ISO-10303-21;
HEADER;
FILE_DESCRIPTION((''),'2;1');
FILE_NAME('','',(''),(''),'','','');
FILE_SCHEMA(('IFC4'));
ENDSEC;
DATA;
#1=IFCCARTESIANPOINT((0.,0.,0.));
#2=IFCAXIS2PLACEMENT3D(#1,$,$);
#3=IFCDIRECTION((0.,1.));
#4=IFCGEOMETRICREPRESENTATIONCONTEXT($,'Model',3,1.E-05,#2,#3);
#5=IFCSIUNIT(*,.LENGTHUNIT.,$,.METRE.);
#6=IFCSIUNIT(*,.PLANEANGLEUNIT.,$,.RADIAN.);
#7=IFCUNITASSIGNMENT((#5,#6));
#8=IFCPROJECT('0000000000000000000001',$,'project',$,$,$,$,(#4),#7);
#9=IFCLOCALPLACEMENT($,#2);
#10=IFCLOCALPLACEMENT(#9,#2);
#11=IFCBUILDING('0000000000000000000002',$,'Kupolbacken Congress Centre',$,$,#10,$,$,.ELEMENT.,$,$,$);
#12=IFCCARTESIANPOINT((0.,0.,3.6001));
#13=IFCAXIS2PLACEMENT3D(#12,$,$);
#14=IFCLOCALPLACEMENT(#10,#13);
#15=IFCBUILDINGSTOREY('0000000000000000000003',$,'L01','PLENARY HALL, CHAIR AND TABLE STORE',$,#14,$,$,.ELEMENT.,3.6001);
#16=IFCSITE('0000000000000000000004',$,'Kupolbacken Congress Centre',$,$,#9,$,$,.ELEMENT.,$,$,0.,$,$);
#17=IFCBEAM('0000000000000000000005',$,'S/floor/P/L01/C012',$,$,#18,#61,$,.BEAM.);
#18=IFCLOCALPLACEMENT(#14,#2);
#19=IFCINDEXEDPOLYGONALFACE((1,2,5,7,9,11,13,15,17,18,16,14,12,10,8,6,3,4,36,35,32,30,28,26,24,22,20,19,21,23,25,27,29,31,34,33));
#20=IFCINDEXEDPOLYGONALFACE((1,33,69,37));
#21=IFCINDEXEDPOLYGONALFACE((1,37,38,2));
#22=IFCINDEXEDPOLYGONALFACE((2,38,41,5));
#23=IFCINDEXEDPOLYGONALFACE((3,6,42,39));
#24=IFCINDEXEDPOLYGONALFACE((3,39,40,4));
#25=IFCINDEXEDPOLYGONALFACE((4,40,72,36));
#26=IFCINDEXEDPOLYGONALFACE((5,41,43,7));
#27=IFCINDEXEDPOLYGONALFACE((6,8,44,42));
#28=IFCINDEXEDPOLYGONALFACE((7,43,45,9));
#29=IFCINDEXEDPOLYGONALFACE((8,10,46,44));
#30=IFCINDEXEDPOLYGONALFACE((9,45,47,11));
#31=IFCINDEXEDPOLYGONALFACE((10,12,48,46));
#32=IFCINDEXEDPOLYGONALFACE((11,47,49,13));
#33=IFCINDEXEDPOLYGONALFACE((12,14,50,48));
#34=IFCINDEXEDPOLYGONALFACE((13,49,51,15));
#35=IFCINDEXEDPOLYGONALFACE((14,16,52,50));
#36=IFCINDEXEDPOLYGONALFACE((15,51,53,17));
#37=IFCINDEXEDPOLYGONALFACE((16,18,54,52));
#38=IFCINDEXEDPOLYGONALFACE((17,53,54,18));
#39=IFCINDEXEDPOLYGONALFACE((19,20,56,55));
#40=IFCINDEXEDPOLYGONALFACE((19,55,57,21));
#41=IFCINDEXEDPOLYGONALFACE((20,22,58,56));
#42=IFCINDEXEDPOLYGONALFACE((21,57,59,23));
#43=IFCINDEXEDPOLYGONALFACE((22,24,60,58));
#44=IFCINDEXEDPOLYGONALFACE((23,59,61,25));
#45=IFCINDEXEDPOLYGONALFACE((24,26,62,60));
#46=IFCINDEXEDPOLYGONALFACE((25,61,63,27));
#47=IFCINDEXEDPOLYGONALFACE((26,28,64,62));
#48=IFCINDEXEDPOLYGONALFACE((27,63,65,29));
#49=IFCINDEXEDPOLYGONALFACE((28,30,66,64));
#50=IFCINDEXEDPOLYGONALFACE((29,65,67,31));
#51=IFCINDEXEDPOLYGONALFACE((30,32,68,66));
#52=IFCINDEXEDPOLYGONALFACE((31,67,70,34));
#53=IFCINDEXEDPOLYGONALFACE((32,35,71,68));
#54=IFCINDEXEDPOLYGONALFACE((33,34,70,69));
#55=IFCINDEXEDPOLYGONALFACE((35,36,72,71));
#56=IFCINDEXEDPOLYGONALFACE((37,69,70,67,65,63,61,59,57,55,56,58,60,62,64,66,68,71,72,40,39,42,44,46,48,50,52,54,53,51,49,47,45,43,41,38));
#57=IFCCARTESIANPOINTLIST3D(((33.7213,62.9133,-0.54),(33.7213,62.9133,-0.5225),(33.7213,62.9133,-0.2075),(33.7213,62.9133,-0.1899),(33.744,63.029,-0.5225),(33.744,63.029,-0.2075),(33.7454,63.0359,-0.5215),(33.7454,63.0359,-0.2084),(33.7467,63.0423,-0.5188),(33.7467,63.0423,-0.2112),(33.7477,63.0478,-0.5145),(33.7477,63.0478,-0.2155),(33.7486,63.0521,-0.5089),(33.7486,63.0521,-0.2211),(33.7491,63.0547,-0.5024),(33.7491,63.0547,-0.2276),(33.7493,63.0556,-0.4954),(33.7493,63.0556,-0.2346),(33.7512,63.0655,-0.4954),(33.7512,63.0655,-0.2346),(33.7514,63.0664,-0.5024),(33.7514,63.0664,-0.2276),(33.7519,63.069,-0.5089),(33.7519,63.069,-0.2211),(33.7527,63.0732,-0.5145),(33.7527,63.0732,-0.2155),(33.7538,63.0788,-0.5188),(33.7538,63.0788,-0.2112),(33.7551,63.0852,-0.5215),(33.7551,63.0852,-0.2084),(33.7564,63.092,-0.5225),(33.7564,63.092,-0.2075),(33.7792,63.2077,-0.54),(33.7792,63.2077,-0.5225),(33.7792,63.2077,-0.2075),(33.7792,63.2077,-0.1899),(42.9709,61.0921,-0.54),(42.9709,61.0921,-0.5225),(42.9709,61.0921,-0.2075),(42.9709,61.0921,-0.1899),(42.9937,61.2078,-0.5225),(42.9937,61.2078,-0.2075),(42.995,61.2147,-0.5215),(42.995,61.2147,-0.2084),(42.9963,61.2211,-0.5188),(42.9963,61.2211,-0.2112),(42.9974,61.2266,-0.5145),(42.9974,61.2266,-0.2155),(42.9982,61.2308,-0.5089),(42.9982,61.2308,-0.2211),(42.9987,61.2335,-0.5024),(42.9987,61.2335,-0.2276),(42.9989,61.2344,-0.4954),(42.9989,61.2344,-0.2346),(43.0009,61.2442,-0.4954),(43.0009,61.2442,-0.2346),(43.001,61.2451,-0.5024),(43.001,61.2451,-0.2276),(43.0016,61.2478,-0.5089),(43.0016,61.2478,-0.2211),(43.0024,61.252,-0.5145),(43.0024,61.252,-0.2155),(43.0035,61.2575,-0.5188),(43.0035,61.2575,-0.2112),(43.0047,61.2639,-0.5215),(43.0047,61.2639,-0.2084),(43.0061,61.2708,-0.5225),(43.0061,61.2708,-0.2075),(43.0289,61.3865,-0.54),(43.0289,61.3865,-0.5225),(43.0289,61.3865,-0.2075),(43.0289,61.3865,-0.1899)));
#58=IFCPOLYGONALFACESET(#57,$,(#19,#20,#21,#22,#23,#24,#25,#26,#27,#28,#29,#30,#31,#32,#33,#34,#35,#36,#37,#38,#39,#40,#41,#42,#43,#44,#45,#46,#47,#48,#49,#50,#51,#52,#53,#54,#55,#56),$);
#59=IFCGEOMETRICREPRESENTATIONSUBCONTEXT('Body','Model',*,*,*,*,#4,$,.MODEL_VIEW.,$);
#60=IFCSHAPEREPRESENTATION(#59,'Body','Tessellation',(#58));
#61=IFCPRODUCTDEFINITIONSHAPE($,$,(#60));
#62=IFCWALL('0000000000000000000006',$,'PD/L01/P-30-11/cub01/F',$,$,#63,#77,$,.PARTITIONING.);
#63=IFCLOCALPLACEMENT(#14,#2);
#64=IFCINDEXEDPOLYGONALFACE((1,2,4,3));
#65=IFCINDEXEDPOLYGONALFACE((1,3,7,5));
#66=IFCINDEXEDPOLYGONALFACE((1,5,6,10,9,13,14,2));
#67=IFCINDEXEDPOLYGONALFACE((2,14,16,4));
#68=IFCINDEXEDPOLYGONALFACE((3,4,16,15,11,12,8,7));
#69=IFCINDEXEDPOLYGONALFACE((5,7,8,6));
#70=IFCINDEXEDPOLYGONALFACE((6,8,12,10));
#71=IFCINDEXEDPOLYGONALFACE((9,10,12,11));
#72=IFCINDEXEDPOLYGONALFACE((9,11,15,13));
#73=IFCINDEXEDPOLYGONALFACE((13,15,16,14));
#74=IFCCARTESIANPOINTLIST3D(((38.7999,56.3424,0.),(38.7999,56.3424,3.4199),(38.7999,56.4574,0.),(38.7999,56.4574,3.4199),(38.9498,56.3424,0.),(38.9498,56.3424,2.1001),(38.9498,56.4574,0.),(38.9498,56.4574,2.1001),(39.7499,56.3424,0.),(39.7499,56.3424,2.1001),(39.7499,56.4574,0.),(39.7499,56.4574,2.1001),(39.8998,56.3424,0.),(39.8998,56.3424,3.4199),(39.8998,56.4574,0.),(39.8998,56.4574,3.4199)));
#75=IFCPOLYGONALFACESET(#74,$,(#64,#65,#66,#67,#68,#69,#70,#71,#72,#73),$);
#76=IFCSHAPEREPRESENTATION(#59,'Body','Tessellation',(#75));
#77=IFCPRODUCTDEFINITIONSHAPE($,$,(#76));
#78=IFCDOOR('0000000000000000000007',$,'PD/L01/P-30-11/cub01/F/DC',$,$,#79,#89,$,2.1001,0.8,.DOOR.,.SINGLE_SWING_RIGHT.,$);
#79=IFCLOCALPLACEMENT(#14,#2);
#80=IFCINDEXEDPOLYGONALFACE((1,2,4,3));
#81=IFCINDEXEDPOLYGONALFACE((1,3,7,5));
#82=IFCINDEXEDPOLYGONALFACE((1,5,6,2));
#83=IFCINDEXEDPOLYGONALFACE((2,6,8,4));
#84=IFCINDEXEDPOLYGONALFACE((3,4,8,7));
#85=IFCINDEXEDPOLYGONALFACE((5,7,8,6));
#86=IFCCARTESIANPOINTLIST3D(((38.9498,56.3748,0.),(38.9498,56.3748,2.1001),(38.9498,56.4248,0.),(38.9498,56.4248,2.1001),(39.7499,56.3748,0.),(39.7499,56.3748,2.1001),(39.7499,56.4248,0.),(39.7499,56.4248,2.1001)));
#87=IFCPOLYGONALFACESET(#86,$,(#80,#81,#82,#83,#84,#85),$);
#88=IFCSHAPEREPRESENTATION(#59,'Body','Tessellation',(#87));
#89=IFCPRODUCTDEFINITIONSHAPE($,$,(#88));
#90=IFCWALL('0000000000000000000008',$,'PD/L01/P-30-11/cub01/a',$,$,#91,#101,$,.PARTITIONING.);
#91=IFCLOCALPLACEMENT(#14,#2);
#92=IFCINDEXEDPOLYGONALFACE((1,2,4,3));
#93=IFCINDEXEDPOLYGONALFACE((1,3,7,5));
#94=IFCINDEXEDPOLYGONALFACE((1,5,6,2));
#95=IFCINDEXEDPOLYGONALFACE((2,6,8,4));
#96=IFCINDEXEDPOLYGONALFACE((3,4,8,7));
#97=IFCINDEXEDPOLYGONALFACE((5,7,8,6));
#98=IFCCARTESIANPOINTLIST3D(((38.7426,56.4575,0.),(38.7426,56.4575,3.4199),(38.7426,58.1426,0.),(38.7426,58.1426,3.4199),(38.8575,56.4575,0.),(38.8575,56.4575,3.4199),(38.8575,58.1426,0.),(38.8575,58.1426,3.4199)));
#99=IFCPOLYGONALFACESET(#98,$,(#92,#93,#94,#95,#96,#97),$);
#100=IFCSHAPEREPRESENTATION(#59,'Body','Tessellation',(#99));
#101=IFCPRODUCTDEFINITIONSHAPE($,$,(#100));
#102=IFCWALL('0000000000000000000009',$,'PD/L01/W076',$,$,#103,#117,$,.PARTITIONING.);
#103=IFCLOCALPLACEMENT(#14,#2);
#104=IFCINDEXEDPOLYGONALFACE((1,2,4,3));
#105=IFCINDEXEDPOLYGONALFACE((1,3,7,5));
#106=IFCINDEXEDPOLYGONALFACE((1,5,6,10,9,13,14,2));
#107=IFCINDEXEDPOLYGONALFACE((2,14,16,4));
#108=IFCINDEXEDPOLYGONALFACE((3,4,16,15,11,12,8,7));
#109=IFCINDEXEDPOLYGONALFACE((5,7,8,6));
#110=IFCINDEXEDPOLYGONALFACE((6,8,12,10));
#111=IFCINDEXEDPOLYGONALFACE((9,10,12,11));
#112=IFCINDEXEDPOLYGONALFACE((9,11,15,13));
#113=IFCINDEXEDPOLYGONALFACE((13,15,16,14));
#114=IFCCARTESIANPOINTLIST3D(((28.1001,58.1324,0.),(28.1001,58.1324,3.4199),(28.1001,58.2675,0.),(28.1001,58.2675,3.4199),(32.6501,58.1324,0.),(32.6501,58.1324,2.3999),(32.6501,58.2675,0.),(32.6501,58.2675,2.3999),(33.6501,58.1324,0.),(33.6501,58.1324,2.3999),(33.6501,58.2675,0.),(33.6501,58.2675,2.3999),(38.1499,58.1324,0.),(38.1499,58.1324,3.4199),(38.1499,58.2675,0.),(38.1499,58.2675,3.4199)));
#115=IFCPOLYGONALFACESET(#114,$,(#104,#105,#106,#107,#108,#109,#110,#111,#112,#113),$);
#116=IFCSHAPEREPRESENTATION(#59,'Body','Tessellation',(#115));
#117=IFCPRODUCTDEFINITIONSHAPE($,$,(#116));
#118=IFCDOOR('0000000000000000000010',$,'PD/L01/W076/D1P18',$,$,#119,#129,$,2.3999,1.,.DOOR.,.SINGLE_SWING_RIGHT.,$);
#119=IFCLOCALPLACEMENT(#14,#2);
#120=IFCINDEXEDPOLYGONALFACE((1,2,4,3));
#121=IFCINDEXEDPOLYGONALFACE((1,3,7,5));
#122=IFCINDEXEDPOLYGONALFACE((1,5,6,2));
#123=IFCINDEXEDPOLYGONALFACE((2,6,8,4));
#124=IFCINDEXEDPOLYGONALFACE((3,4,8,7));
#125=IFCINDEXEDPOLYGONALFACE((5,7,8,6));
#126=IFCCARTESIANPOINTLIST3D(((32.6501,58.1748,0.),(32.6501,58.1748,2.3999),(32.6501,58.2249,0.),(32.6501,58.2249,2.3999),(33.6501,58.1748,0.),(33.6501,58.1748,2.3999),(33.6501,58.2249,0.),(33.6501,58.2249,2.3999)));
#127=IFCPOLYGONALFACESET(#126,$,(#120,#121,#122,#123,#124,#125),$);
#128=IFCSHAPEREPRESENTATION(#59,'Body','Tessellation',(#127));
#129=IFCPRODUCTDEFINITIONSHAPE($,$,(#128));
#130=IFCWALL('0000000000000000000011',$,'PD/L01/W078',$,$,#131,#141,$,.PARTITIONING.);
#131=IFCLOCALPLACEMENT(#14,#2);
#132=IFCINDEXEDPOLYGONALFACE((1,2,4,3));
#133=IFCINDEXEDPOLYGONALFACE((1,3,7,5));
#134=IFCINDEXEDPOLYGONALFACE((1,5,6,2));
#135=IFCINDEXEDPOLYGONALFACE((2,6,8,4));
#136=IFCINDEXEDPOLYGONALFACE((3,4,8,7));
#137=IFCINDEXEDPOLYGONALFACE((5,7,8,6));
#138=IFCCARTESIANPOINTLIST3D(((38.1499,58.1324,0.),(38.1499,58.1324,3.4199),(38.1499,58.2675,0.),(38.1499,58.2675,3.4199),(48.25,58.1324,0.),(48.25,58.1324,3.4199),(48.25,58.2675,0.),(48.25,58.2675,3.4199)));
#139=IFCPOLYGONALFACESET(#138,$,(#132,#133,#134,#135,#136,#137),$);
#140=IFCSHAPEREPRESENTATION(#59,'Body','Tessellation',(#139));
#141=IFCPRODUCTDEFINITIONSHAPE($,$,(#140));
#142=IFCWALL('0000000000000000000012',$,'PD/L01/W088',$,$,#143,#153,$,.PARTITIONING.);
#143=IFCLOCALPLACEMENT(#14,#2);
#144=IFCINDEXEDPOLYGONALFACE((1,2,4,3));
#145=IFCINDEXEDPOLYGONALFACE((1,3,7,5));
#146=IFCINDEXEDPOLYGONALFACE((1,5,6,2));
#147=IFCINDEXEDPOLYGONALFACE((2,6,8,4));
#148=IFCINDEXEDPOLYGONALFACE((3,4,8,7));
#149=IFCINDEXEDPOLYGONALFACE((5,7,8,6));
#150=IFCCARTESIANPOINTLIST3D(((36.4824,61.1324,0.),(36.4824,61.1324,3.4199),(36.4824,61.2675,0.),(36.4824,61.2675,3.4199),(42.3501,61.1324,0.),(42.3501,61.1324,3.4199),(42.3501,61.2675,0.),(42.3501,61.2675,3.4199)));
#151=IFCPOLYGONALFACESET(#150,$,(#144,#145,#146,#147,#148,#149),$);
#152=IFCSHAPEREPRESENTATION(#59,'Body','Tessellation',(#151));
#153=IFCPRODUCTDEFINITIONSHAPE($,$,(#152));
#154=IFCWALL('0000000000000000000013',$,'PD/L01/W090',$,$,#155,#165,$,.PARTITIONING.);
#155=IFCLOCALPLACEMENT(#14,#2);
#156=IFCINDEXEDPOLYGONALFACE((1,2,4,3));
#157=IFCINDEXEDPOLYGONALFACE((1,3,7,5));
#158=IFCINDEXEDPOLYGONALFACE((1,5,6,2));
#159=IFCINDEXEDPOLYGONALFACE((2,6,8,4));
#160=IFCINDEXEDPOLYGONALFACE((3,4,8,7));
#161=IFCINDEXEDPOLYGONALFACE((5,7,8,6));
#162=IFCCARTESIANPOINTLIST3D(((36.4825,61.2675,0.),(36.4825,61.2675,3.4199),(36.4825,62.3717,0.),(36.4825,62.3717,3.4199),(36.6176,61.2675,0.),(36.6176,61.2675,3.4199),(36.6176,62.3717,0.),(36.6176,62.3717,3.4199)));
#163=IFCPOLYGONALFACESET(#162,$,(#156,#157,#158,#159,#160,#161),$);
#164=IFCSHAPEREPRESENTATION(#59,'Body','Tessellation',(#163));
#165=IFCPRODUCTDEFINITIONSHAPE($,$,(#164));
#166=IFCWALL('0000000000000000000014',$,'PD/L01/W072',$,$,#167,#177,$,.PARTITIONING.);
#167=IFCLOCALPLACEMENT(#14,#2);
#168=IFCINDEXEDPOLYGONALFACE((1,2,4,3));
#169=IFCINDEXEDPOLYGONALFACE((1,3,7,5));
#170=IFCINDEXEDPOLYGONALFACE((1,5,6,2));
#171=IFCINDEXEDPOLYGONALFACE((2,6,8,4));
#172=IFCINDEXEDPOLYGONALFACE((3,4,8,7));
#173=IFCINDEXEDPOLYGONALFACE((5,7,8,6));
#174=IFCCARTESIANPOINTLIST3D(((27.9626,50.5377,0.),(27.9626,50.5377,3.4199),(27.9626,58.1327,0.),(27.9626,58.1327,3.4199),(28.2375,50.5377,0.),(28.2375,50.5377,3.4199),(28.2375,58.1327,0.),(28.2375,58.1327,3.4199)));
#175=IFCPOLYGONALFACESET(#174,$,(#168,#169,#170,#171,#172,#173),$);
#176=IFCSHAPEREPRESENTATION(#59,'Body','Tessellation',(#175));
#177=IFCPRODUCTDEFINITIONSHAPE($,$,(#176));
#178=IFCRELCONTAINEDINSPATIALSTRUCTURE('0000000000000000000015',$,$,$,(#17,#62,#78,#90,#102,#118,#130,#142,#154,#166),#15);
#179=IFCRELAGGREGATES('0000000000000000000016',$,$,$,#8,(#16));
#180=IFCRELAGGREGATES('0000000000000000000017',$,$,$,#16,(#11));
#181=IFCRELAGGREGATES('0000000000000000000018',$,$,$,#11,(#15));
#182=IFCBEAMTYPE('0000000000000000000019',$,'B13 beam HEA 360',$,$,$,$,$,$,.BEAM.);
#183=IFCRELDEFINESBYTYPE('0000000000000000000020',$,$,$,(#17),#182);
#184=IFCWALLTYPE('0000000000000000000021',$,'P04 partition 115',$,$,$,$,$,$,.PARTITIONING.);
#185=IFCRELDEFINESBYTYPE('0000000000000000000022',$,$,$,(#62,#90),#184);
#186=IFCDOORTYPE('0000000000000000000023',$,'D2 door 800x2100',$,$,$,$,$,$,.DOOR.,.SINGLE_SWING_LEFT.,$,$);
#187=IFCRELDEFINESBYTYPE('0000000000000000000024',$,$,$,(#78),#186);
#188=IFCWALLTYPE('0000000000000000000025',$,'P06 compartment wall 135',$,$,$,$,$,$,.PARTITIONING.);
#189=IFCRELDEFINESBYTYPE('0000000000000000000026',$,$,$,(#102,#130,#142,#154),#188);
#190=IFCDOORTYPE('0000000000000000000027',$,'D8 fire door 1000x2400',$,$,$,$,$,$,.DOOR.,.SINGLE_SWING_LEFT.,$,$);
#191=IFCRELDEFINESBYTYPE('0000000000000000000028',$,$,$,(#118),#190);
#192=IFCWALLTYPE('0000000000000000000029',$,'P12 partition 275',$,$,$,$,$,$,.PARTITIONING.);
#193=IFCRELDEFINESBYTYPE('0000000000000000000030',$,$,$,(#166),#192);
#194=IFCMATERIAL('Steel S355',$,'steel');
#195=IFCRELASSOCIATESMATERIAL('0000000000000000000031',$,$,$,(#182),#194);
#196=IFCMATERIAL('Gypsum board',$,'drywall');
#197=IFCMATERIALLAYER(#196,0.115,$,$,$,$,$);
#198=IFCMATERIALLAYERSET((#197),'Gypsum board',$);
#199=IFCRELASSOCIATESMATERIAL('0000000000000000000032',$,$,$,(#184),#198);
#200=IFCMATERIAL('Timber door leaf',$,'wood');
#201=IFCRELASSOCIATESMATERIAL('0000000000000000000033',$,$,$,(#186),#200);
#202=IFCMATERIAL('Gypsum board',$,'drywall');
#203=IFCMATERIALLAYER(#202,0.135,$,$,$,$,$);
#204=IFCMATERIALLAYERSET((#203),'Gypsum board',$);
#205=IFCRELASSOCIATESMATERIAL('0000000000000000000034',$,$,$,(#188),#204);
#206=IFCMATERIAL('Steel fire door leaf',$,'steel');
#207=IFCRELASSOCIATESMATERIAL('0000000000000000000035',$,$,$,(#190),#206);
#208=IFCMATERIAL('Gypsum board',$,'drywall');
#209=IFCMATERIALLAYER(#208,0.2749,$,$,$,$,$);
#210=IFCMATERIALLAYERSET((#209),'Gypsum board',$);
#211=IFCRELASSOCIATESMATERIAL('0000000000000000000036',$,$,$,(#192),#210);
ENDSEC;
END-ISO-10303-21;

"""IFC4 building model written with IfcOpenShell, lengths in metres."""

from ifc_helpers import new_model, si_unit, direction, frame, frame_2d, origin, origin_2d, place, context, subcontext, project, spatial, rectangle, i_section, extrude, material, layer, layer_set, material_profile, profile_set, type_object, element, fill, save


model = new_model("IFC4")

# Units and contexts
model_context = context("Model", 3, precision=1e-05, world=origin(), true_north=direction((0.0, 1.0)))
body_context = subcontext(model_context, "Body", "Model", "MODEL_VIEW")
ifc_project = project(units=[si_unit("LENGTHUNIT", "METRE"), si_unit("PLANEANGLEUNIT", "RADIAN")], contexts=[model_context])

# Site, building, storey
site_placement = place(None, origin())
site = spatial("IfcSite", under=ifc_project, at=site_placement, Name="Kupolbacken Congress Centre", CompositionType="ELEMENT", RefElevation=0.0)
building_placement = place(site_placement, origin())
building = spatial("IfcBuilding", under=site, at=building_placement, Name="Kupolbacken Congress Centre", CompositionType="ELEMENT")
storey_placement = place(building_placement, frame((0.0, 0.0, 3.6001)))
storey = spatial("IfcBuildingStorey", under=building, at=storey_placement, Name="L01", Description="PLENARY HALL, CHAIR AND TABLE STORE", CompositionType="ELEMENT", Elevation=3.6001)

# Beam
ifc_material_1 = material(Name="Steel S355", Category="steel")
ifc_material_profile_1 = material_profile(ifc_material_1, i_section(OverallWidth=0.3, OverallDepth=0.3501, WebThickness=0.01, FlangeThickness=0.0176, FilletRadius=0.0271, at=origin_2d()), Name="HEA 360")
ifc_profile_set_1 = profile_set([ifc_material_profile_1], Name="Steel S355")
beam_type_1 = type_object("IfcBeamType", Name="B13 beam HEA 360", PredefinedType="BEAM", material=ifc_profile_set_1)
beam_1_placement = place(storey_placement, frame((33.7502, 63.0605, -0.365), z_axis=(0.981161, -0.193192, 0.0), x_axis=(0.193192, 0.981161, 0.0)))
element("IfcBeam", 1, at=beam_1_placement, inside=storey, type_object=beam_type_1, Name="S/floor/P/L01/C012", PredefinedType="BEAM", context=body_context, shape_type="SweptSolid", body=[
    extrude(i_section(OverallWidth=0.3, OverallDepth=0.3501, WebThickness=0.01, FlangeThickness=0.0176, FilletRadius=0.0271, at=origin_2d()), origin(), (0.0, 0.0, 1.0), 9.4272),
])

# Wall, opening, door
ifc_material_2 = material(Name="Gypsum board", Category="drywall")
ifc_layer_1 = layer(ifc_material_2, 0.115)
ifc_layer_set_1 = layer_set([ifc_layer_1], Name="Gypsum board")
wall_type_1 = type_object("IfcWallType", Name="P04 partition 115", PredefinedType="PARTITIONING", material=ifc_layer_set_1)
wall_1_placement = place(storey_placement, frame((38.8, 56.3999, 0.0), z_axis=(0.0, 0.0, 1.0), x_axis=(1.0, 0.0, 0.0)))
wall_1 = element("IfcWall", 2, at=wall_1_placement, inside=storey, type_object=wall_type_1, Name="PD/L01/P-30-11/cub01/F", PredefinedType="PARTITIONING", context=body_context, shape_type="SweptSolid", body=[
    extrude(rectangle(XDim=1.0999, YDim=0.115, at=frame_2d((0.5498, 0.0))), origin(), (0.0, 0.0, 1.0), 3.4199),
])
opening_1_placement = place(wall_1_placement, frame((0.1499, 0.0, 0.0)))
opening_1 = element("IfcOpeningElement", 3, at=opening_1_placement, cuts=wall_1, PredefinedType="OPENING", context=body_context, shape_type="SweptSolid", body=[
    extrude(rectangle(XDim=0.8, YDim=2.1001, at=frame_2d((0.3999, 1.05))), frame((0.0, 0.0674, 0.0), z_axis=(0.0, -1.0, 0.0), x_axis=(1.0, 0.0, 0.0)), (0.0, 0.0, 1.0), 0.135),
])
ifc_material_3 = material(Name="Timber door leaf", Category="wood")
door_type_1 = type_object("IfcDoorType", Name="D2 door 800x2100", OperationType="SINGLE_SWING_LEFT", PredefinedType="DOOR", material=ifc_material_3)
door_1_placement = place(opening_1_placement, origin())
door_1 = element("IfcDoor", 4, at=door_1_placement, inside=storey, type_object=door_type_1, Name="PD/L01/P-30-11/cub01/F/DC", OperationType="SINGLE_SWING_RIGHT", OverallHeight=2.1001, OverallWidth=0.8, PredefinedType="DOOR", context=body_context, shape_type="SweptSolid", body=[
    extrude(rectangle(XDim=0.8, YDim=2.1001, at=frame_2d((0.3999, 1.05))), frame((0.0, 0.0249, 0.0), z_axis=(0.0, -1.0, 0.0), x_axis=(1.0, 0.0, 0.0)), (0.0, 0.0, 1.0), 0.05),
])
fill(opening_1, door_1)

# Wall
wall_2_placement = place(storey_placement, frame((38.8, 58.1426, 0.0), z_axis=(0.0, 0.0, 1.0), x_axis=(0.0, -1.0, 0.0)))
element("IfcWall", 5, at=wall_2_placement, inside=storey, type_object=wall_type_1, Name="PD/L01/P-30-11/cub01/a", PredefinedType="PARTITIONING", context=body_context, shape_type="SweptSolid", body=[
    extrude(rectangle(XDim=1.6851, YDim=0.115, at=frame_2d((0.8425, 0.0))), origin(), (0.0, 0.0, 1.0), 3.4199),
])

# Wall, opening, door
ifc_material_4 = material(Name="Gypsum board", Category="drywall")
ifc_layer_2 = layer(ifc_material_4, 0.135)
ifc_layer_set_2 = layer_set([ifc_layer_2], Name="Gypsum board")
wall_type_2 = type_object("IfcWallType", Name="P06 compartment wall 135", PredefinedType="PARTITIONING", material=ifc_layer_set_2)
wall_3_placement = place(storey_placement, frame((28.1001, 58.2, 0.0), z_axis=(0.0, 0.0, 1.0), x_axis=(1.0, 0.0, 0.0)))
wall_3 = element("IfcWall", 6, at=wall_3_placement, inside=storey, type_object=wall_type_2, Name="PD/L01/W076", PredefinedType="PARTITIONING", context=body_context, shape_type="SweptSolid", body=[
    extrude(rectangle(XDim=10.0498, YDim=0.135, at=frame_2d((5.0249, 0.0))), origin(), (0.0, 0.0, 1.0), 3.4199),
])
opening_2_placement = place(wall_3_placement, frame((4.55, 0.0, 0.0)))
opening_2 = element("IfcOpeningElement", 7, at=opening_2_placement, cuts=wall_3, PredefinedType="OPENING", context=body_context, shape_type="SweptSolid", body=[
    extrude(rectangle(XDim=1.0, YDim=2.3999, at=frame_2d((0.5, 1.2))), frame((0.0, 0.0774, 0.0), z_axis=(0.0, -1.0, 0.0), x_axis=(1.0, 0.0, 0.0)), (0.0, 0.0, 1.0), 0.155),
])
ifc_material_5 = material(Name="Steel fire door leaf", Category="steel")
door_type_2 = type_object("IfcDoorType", Name="D8 fire door 1000x2400", OperationType="SINGLE_SWING_LEFT", PredefinedType="DOOR", material=ifc_material_5)
door_2_placement = place(opening_2_placement, origin())
door_2 = element("IfcDoor", 8, at=door_2_placement, inside=storey, type_object=door_type_2, Name="PD/L01/W076/D1P18", OperationType="SINGLE_SWING_RIGHT", OverallHeight=2.3999, OverallWidth=1.0, PredefinedType="DOOR", context=body_context, shape_type="SweptSolid", body=[
    extrude(rectangle(XDim=1.0, YDim=2.3999, at=frame_2d((0.5, 1.2))), frame((0.0, 0.0249, 0.0), z_axis=(0.0, -1.0, 0.0), x_axis=(1.0, 0.0, 0.0)), (0.0, 0.0, 1.0), 0.05),
])
fill(opening_2, door_2)

# Walls
wall_4_placement = place(storey_placement, frame((38.1499, 58.2, 0.0), z_axis=(0.0, 0.0, 1.0), x_axis=(1.0, 0.0, 0.0)))
element("IfcWall", 9, at=wall_4_placement, inside=storey, type_object=wall_type_2, Name="PD/L01/W078", PredefinedType="PARTITIONING", context=body_context, shape_type="SweptSolid", body=[
    extrude(rectangle(XDim=10.1001, YDim=0.135, at=frame_2d((5.05, 0.0))), origin(), (0.0, 0.0, 1.0), 3.4199),
])
wall_5_placement = place(storey_placement, frame((36.4824, 61.2, 0.0), z_axis=(0.0, 0.0, 1.0), x_axis=(1.0, 0.0, 0.0)))
element("IfcWall", 10, at=wall_5_placement, inside=storey, type_object=wall_type_2, Name="PD/L01/W088", PredefinedType="PARTITIONING", context=body_context, shape_type="SweptSolid", body=[
    extrude(rectangle(XDim=5.8677, YDim=0.135, at=frame_2d((2.9338, 0.0))), origin(), (0.0, 0.0, 1.0), 3.4199),
])
wall_6_placement = place(storey_placement, frame((36.55, 62.3718, 0.0), z_axis=(0.0, 0.0, 1.0), x_axis=(0.0, -1.0, 0.0)))
element("IfcWall", 11, at=wall_6_placement, inside=storey, type_object=wall_type_2, Name="PD/L01/W090", PredefinedType="PARTITIONING", context=body_context, shape_type="SweptSolid", body=[
    extrude(rectangle(XDim=1.1042, YDim=0.135, at=frame_2d((0.5522, 0.0))), origin(), (0.0, 0.0, 1.0), 3.4199),
])
ifc_material_6 = material(Name="Gypsum board", Category="drywall")
ifc_layer_3 = layer(ifc_material_6, 0.2749)
ifc_layer_set_3 = layer_set([ifc_layer_3], Name="Gypsum board")
wall_type_3 = type_object("IfcWallType", Name="P12 partition 275", PredefinedType="PARTITIONING", material=ifc_layer_set_3)
wall_7_placement = place(storey_placement, frame((28.1001, 58.1326, 0.0), z_axis=(0.0, 0.0, 1.0), x_axis=(0.0, -1.0, 0.0)))
element("IfcWall", 12, at=wall_7_placement, inside=storey, type_object=wall_type_3, Name="PD/L01/W072", PredefinedType="PARTITIONING", context=body_context, shape_type="SweptSolid", body=[
    extrude(rectangle(XDim=7.595, YDim=0.2749, at=frame_2d((3.7974, 0.0))), origin(), (0.0, 0.0, 1.0), 3.4199),
])

save(model, "model.ifc")
